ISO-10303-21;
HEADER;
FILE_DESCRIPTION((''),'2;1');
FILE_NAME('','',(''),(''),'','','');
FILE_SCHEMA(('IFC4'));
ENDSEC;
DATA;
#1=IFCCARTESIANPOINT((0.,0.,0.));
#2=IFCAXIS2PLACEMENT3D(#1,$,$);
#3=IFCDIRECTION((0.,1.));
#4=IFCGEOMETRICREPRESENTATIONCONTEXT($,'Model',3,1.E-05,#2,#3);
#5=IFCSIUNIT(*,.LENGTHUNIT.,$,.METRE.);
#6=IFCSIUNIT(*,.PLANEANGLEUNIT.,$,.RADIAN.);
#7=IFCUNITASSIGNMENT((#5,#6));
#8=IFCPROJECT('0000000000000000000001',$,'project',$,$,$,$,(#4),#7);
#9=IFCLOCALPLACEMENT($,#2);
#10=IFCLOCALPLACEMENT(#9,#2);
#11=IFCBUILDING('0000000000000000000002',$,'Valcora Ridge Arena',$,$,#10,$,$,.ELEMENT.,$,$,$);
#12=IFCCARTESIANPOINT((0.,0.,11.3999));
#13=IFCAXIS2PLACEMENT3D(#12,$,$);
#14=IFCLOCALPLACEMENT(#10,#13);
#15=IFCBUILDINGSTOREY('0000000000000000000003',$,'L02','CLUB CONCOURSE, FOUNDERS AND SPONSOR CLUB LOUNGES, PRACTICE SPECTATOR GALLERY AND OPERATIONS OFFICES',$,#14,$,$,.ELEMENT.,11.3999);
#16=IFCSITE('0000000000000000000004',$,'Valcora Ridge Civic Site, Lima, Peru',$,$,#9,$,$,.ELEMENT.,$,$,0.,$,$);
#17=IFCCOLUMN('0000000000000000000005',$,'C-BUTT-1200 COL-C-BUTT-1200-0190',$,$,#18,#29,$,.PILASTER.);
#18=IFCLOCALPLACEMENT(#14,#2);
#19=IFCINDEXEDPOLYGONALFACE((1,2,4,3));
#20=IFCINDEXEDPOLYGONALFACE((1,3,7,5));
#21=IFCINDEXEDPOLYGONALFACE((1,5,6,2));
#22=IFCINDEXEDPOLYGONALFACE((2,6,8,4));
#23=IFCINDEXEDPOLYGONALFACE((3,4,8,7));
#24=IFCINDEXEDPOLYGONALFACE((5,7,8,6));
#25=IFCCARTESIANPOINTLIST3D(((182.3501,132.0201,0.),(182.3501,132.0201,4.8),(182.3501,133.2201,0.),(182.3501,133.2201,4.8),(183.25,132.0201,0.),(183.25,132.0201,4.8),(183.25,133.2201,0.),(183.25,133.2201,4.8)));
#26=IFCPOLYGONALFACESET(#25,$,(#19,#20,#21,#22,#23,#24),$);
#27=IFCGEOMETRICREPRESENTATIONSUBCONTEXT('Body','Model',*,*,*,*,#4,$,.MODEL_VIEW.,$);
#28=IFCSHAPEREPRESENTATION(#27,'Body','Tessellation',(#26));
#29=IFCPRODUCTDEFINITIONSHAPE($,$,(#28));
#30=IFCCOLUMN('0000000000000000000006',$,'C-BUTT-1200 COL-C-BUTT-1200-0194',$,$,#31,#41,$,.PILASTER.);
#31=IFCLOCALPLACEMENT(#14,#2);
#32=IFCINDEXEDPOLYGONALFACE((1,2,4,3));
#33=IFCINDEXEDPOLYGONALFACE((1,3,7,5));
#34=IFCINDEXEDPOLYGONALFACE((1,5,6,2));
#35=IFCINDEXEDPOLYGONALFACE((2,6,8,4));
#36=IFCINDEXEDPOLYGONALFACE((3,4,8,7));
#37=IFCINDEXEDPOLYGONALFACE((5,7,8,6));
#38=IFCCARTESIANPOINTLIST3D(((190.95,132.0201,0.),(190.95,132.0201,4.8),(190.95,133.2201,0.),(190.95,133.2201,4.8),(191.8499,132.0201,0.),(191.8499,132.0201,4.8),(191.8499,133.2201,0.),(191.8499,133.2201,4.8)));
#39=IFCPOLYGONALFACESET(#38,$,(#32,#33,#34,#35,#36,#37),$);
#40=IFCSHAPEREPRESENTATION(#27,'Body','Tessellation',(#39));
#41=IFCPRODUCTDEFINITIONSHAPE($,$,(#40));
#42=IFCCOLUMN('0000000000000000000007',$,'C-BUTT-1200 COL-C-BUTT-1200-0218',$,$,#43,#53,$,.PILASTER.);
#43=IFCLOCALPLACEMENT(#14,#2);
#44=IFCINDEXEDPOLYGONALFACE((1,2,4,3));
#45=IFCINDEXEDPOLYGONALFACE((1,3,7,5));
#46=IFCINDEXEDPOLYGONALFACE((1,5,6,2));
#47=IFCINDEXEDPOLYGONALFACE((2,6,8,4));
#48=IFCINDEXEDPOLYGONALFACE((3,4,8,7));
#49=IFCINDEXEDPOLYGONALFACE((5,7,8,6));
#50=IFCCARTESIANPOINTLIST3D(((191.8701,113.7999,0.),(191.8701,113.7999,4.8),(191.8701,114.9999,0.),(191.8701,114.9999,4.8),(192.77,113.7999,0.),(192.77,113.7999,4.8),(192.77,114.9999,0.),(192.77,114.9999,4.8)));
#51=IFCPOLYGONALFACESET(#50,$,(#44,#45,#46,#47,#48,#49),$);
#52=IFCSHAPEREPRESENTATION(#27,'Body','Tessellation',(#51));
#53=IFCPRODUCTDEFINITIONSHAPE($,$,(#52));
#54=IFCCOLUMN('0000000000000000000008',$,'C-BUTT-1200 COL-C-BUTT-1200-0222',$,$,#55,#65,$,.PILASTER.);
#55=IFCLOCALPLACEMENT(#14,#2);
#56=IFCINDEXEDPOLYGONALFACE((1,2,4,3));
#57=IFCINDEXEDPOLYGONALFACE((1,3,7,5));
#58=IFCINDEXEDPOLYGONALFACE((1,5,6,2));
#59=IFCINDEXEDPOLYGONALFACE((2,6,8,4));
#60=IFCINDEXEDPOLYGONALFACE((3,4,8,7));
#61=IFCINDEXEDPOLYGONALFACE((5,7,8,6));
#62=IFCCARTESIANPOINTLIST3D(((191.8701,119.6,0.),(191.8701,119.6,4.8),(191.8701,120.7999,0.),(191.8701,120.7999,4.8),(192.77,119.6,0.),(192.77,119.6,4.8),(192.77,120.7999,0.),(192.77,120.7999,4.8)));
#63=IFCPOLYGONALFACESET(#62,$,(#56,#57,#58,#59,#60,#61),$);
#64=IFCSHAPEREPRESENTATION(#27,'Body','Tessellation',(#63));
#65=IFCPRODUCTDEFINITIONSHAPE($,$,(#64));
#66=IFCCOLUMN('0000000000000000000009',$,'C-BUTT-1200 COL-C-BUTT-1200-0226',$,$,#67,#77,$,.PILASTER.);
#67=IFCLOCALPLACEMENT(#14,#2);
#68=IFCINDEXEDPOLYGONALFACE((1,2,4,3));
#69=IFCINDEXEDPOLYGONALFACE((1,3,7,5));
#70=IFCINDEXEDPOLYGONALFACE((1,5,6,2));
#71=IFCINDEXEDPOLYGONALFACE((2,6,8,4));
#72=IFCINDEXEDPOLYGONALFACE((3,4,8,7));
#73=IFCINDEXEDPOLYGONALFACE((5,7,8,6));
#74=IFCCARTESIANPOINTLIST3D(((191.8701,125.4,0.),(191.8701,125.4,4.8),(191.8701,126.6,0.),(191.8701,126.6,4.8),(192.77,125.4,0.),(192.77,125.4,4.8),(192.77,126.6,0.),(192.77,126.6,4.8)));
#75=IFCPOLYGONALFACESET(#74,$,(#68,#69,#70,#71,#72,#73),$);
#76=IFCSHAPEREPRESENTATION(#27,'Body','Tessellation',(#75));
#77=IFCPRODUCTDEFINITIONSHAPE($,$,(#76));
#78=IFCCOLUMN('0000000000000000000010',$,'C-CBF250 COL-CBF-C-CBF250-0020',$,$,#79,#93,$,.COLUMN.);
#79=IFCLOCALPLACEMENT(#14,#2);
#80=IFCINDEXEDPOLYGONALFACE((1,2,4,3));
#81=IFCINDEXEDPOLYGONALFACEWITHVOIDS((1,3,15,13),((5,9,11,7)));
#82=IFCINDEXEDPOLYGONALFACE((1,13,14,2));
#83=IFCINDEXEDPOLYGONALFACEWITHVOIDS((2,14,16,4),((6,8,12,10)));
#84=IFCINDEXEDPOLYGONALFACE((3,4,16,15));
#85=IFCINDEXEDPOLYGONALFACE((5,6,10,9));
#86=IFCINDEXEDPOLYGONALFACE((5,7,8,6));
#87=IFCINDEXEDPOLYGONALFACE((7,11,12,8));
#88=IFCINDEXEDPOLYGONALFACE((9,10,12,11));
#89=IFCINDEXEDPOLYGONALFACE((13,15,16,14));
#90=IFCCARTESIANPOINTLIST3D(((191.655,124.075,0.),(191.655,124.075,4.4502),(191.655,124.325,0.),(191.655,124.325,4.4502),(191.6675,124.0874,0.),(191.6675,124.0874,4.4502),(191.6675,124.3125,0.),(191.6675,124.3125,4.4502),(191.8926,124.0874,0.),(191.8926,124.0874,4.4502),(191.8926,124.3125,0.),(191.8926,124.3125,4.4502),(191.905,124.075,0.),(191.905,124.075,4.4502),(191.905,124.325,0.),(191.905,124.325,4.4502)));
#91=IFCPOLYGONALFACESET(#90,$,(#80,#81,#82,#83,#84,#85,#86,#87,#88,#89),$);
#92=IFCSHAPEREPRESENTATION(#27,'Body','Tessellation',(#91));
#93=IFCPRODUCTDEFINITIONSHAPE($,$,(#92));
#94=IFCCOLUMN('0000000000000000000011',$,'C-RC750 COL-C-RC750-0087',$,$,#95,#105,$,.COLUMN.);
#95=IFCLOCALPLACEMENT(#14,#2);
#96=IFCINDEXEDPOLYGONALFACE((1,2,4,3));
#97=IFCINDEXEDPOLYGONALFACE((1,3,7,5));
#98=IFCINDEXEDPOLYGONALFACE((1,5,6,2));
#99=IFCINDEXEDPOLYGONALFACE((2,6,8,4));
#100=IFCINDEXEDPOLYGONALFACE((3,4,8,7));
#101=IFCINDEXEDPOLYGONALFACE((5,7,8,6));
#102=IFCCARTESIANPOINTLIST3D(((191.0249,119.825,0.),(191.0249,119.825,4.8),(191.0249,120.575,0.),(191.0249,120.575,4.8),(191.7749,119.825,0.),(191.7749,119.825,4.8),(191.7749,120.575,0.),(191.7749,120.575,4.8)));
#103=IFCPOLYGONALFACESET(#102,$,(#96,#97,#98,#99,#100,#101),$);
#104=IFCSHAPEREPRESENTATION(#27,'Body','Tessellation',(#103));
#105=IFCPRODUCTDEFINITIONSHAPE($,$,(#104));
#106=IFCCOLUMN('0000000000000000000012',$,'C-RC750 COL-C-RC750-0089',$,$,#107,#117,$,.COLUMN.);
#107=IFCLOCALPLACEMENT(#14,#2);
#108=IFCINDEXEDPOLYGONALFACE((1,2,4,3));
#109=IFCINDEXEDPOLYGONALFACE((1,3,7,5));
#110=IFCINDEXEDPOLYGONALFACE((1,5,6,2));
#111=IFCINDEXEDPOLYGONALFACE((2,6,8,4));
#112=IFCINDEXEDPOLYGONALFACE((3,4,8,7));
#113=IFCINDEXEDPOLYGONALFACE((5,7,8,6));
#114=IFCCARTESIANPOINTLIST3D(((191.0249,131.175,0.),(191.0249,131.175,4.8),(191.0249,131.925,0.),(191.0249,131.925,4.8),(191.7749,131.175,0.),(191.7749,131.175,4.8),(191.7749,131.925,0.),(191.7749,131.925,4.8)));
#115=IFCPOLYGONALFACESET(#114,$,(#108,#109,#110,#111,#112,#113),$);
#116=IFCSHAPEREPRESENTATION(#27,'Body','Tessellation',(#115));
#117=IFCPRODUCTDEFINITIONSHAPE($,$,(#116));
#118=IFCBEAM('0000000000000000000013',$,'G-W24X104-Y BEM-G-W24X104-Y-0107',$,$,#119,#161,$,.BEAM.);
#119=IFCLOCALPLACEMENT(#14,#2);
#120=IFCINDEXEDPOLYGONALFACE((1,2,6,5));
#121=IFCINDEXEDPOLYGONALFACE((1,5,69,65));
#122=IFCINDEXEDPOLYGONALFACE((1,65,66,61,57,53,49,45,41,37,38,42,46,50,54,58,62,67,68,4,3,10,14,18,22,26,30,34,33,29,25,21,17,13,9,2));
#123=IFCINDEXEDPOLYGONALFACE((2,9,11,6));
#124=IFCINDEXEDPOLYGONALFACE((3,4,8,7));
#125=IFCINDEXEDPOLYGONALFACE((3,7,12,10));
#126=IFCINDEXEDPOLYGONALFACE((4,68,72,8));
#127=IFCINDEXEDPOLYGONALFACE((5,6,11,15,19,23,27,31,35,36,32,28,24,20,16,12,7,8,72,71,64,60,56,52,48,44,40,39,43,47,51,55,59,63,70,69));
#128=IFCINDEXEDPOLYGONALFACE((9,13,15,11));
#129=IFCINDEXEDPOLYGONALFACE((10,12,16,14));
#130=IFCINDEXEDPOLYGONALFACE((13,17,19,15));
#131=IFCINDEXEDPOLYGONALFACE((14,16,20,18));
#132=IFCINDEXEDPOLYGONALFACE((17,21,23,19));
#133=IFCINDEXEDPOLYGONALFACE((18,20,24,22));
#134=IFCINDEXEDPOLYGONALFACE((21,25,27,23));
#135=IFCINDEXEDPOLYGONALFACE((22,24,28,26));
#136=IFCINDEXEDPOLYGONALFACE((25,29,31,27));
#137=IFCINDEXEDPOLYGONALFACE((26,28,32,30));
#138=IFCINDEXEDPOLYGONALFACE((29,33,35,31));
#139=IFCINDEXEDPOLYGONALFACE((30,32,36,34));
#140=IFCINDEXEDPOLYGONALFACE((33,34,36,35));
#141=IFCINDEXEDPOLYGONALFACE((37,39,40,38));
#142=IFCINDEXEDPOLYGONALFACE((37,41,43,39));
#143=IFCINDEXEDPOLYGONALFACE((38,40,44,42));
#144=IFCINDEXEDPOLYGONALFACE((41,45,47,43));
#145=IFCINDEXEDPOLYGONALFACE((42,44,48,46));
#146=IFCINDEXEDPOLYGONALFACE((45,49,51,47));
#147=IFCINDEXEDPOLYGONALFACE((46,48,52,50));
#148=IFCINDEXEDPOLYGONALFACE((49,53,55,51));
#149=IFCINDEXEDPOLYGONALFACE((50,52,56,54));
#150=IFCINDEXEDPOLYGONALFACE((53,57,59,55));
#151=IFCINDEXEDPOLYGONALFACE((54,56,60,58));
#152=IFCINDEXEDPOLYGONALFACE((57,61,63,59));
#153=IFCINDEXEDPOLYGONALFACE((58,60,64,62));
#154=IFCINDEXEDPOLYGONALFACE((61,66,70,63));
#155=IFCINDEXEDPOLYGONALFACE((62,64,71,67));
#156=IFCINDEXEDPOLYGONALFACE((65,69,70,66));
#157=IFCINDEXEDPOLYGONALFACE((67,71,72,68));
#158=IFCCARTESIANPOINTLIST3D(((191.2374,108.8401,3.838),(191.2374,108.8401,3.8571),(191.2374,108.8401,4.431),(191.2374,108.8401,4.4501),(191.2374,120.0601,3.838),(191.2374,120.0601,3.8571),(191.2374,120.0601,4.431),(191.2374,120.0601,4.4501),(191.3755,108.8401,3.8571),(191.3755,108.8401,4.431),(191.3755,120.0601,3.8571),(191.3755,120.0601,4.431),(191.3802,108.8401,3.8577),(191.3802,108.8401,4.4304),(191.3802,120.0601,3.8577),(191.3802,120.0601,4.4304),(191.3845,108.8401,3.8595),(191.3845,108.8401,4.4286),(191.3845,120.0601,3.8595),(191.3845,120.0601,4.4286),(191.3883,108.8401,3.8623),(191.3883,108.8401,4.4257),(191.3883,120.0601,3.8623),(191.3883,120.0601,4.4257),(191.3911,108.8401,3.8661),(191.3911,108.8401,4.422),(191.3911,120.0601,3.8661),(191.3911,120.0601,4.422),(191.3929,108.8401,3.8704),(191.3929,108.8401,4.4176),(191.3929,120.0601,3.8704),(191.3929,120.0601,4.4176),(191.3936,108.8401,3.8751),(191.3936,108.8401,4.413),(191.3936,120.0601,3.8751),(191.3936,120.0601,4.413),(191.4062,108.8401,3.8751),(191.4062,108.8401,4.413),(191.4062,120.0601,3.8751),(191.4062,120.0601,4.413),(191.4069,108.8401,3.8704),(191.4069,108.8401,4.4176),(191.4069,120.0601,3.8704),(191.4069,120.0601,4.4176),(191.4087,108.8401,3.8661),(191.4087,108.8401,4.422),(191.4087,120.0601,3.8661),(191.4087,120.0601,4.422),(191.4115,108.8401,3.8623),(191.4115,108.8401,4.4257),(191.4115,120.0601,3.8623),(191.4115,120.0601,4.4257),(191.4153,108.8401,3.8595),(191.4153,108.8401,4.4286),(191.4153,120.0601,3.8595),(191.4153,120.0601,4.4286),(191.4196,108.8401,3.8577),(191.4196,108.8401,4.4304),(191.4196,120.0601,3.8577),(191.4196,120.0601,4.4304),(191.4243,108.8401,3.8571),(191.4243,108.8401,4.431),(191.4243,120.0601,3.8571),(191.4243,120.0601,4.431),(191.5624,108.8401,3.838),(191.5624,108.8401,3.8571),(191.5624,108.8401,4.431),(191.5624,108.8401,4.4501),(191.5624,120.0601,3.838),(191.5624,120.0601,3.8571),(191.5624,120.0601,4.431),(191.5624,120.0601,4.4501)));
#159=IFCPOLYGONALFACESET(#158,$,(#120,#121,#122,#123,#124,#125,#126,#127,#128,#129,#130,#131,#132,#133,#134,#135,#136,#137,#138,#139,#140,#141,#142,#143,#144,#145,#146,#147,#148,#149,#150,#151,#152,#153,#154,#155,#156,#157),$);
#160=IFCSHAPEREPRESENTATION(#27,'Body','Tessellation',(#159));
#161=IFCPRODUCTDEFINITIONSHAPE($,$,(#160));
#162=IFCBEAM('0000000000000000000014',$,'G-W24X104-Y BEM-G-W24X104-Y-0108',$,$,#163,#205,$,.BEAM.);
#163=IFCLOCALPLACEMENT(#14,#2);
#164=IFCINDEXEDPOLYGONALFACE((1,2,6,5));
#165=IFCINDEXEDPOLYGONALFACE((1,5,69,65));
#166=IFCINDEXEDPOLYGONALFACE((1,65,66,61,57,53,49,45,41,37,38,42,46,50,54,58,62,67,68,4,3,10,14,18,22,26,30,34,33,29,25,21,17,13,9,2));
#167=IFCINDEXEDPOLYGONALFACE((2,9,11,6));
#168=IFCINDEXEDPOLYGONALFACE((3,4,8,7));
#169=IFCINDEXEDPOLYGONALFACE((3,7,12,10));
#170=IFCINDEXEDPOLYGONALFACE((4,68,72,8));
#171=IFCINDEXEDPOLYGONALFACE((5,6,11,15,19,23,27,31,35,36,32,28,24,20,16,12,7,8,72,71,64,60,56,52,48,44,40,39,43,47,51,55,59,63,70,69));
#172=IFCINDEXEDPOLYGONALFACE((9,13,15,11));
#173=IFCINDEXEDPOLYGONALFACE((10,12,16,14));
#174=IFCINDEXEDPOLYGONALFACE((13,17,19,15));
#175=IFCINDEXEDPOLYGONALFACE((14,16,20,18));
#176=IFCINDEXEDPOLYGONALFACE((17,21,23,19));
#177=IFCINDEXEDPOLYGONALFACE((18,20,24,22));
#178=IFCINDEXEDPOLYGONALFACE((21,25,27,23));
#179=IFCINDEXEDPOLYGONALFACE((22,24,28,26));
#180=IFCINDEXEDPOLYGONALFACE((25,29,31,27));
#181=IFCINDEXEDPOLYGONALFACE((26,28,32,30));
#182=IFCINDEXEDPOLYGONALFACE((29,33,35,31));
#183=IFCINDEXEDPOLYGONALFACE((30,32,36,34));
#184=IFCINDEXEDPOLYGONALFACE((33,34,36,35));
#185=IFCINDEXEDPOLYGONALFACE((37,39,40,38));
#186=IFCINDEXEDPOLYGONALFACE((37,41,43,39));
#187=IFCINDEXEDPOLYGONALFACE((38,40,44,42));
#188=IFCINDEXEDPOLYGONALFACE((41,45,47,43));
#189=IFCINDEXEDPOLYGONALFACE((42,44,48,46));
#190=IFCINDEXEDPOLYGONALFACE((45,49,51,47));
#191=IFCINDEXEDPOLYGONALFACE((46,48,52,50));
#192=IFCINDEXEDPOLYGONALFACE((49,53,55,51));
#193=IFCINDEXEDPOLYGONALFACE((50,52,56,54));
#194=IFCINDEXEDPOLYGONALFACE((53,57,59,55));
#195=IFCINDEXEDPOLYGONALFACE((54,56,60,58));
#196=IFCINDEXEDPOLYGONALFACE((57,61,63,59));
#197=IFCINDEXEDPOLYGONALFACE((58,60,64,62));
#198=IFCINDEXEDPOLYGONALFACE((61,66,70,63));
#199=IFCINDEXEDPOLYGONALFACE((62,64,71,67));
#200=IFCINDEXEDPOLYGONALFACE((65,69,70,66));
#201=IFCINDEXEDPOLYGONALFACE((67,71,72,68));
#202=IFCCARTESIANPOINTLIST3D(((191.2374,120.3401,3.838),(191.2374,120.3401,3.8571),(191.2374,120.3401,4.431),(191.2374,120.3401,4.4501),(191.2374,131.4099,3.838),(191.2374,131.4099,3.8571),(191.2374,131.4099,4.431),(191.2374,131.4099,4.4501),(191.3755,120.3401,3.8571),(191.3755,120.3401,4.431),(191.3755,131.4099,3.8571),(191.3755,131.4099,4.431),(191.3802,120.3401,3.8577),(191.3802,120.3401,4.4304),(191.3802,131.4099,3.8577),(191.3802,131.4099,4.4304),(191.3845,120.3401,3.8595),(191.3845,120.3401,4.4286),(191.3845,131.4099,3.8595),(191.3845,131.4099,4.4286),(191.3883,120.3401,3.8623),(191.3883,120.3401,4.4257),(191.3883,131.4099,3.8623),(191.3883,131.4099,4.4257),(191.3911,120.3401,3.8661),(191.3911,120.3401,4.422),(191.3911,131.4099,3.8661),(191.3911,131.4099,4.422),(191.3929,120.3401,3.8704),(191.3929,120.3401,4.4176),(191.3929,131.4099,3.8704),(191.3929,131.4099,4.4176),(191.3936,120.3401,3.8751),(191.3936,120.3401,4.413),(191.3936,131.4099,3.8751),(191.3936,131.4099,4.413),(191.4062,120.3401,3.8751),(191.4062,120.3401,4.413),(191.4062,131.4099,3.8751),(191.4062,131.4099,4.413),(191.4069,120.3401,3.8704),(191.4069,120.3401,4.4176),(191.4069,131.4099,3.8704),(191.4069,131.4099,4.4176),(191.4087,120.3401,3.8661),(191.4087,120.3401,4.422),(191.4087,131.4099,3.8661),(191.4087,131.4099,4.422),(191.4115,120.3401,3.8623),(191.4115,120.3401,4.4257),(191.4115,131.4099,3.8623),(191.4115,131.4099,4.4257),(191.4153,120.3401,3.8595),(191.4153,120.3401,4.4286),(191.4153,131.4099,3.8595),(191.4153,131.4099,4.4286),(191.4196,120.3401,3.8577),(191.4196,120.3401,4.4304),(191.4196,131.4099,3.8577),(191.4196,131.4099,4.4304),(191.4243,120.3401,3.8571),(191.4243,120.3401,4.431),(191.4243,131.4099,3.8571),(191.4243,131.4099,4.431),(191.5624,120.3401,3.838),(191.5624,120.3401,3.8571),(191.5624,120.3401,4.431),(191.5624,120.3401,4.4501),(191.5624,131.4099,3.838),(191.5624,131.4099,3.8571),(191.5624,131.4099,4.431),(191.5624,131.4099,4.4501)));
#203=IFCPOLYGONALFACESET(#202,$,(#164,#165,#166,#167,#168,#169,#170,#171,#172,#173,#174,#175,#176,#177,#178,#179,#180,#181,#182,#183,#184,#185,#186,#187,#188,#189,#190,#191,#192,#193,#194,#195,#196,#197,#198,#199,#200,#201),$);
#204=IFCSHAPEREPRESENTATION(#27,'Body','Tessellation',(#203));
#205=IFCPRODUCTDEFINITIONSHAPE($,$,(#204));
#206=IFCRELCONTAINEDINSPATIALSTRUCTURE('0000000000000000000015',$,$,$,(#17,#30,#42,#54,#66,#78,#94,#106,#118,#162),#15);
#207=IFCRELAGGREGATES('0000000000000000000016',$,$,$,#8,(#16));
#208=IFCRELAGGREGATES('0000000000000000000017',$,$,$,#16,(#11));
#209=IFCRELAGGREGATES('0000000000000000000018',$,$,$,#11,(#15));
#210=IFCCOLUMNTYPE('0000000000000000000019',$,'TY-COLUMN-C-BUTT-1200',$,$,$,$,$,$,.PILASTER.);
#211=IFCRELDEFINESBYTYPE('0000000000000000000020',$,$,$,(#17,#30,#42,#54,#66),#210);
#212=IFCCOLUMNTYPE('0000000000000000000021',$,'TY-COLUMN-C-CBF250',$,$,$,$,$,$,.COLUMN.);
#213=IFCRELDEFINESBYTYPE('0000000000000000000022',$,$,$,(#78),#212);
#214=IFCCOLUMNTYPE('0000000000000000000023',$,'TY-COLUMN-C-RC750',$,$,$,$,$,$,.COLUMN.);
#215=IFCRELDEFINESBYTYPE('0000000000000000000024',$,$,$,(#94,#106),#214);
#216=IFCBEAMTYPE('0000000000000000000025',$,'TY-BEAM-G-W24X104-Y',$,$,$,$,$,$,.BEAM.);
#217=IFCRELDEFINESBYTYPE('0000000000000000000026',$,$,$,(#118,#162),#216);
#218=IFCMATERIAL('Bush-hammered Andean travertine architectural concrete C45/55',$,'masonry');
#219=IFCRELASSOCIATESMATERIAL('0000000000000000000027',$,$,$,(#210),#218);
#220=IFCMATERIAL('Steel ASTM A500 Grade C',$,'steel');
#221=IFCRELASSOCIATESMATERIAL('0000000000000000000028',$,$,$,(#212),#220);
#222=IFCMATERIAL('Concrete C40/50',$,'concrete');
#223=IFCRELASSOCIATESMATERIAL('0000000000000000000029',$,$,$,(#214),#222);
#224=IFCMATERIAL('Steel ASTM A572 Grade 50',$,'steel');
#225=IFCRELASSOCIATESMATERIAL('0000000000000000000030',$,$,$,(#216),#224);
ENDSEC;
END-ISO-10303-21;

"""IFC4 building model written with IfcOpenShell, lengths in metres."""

from ifc_helpers import new_model, si_unit, direction, frame, origin, origin_2d, place, context, subcontext, project, spatial, rectangle, hollow_rectangle, i_section, extrude, material, material_profile, profile_set, type_object, element, save


model = new_model("IFC4")

# Units and contexts
model_context = context("Model", 3, precision=1e-05, world=origin(), true_north=direction((0.0, 1.0)))
body_context = subcontext(model_context, "Body", "Model", "MODEL_VIEW")
ifc_project = project(units=[si_unit("LENGTHUNIT", "METRE"), si_unit("PLANEANGLEUNIT", "RADIAN")], contexts=[model_context])

# Site, building, storey
site_placement = place(None, origin())
site = spatial("IfcSite", under=ifc_project, at=site_placement, Name="Valcora Ridge Civic Site, Lima, Peru", CompositionType="ELEMENT", RefElevation=0.0)
building_placement = place(site_placement, origin())
building = spatial("IfcBuilding", under=site, at=building_placement, Name="Valcora Ridge Arena", CompositionType="ELEMENT")
storey_placement = place(building_placement, frame((0.0, 0.0, 11.3999)))
storey = spatial("IfcBuildingStorey", under=building, at=storey_placement, Name="L02", Description="CLUB CONCOURSE, FOUNDERS AND SPONSOR CLUB LOUNGES, PRACTICE SPECTATOR GALLERY AND OPERATIONS OFFICES", CompositionType="ELEMENT", Elevation=11.3999)

# Columns
ifc_material_1 = material(Name="Bush-hammered Andean travertine architectural concrete C45/55", Category="masonry")
ifc_material_profile_1 = material_profile(ifc_material_1, rectangle(XDim=0.8999, YDim=1.2, at=origin_2d()), Name="RC 900x1200")
ifc_profile_set_1 = profile_set([ifc_material_profile_1], Name="Bush-hammered Andean travertine architectural concrete C45/55")
column_type_1 = type_object("IfcColumnType", Name="TY-COLUMN-C-BUTT-1200", PredefinedType="PILASTER", material=ifc_profile_set_1)
for number, where, z_axis, x_axis, name in (
    (1, (182.8, 132.6201, 0.0), (0.0, 0.0, 1.0), (1.0, 0.0, 0.0), "C-BUTT-1200 COL-C-BUTT-1200-0190"),
    (2, (191.3999, 132.6201, 0.0), (0.0, 0.0, 1.0), (1.0, 0.0, 0.0), "C-BUTT-1200 COL-C-BUTT-1200-0194"),
    (3, (192.3201, 114.3999, 0.0), (0.0, 0.0, 1.0), (1.0, 0.0, 0.0), "C-BUTT-1200 COL-C-BUTT-1200-0218"),
    (4, (192.3201, 120.2, 0.0), (0.0, 0.0, 1.0), (1.0, 0.0, 0.0), "C-BUTT-1200 COL-C-BUTT-1200-0222"),
    (5, (192.3201, 126.0, 0.0), (0.0, 0.0, 1.0), (1.0, 0.0, 0.0), "C-BUTT-1200 COL-C-BUTT-1200-0226"),
):
    element("IfcColumn", number, at=place(storey_placement, frame(where, z_axis=z_axis, x_axis=x_axis)), inside=storey, type_object=column_type_1, Name=name, PredefinedType="PILASTER", context=body_context, shape_type="SweptSolid", body=[
        extrude(rectangle(XDim=0.8999, YDim=1.2, at=origin_2d()), origin(), (0.0, 0.0, 1.0), 4.8),
    ])
ifc_material_2 = material(Name="Steel ASTM A500 Grade C", Category="steel")
ifc_material_profile_2 = material_profile(ifc_material_2, hollow_rectangle(XDim=0.25, YDim=0.25, WallThickness=0.0125, at=origin_2d()), Name="HSS250X250X12")
ifc_profile_set_2 = profile_set([ifc_material_profile_2], Name="Steel ASTM A500 Grade C")
column_type_2 = type_object("IfcColumnType", Name="TY-COLUMN-C-CBF250", PredefinedType="COLUMN", material=ifc_profile_set_2)
column_placement = place(storey_placement, frame((191.78, 124.2, 0.0), z_axis=(0.0, 0.0, 1.0), x_axis=(1.0, 0.0, 0.0)))
element("IfcColumn", 6, at=column_placement, inside=storey, type_object=column_type_2, Name="C-CBF250 COL-CBF-C-CBF250-0020", PredefinedType="COLUMN", context=body_context, shape_type="SweptSolid", body=[
    extrude(hollow_rectangle(XDim=0.25, YDim=0.25, WallThickness=0.0125, at=origin_2d()), origin(), (0.0, 0.0, 1.0), 4.4502),
])
ifc_material_3 = material(Name="Concrete C40/50", Category="concrete")
ifc_material_profile_3 = material_profile(ifc_material_3, rectangle(XDim=0.75, YDim=0.75, at=origin_2d()), Name="RC 750x750")
ifc_profile_set_3 = profile_set([ifc_material_profile_3], Name="Concrete C40/50")
column_type_3 = type_object("IfcColumnType", Name="TY-COLUMN-C-RC750", PredefinedType="COLUMN", material=ifc_profile_set_3)
for number, where, z_axis, x_axis, name in (
    (7, (191.3999, 120.2, 0.0), (0.0, 0.0, 1.0), (1.0, 0.0, 0.0), "C-RC750 COL-C-RC750-0087"),
    (8, (191.3999, 131.55, 0.0), (0.0, 0.0, 1.0), (1.0, 0.0, 0.0), "C-RC750 COL-C-RC750-0089"),
):
    element("IfcColumn", number, at=place(storey_placement, frame(where, z_axis=z_axis, x_axis=x_axis)), inside=storey, type_object=column_type_3, Name=name, PredefinedType="COLUMN", context=body_context, shape_type="SweptSolid", body=[
        extrude(rectangle(XDim=0.75, YDim=0.75, at=origin_2d()), origin(), (0.0, 0.0, 1.0), 4.8),
    ])

# Beams
ifc_material_4 = material(Name="Steel ASTM A572 Grade 50", Category="steel")
ifc_material_profile_4 = material_profile(ifc_material_4, i_section(OverallWidth=0.325, OverallDepth=0.6121, WebThickness=0.0127, FlangeThickness=0.019, FilletRadius=0.0181, at=origin_2d()), Name="W24X104")
ifc_profile_set_4 = profile_set([ifc_material_profile_4], Name="Steel ASTM A572 Grade 50")
beam_type_1 = type_object("IfcBeamType", Name="TY-BEAM-G-W24X104-Y", PredefinedType="BEAM", material=ifc_profile_set_4)
beam_1_placement = place(storey_placement, frame((191.3999, 108.8401, 4.144), z_axis=(0.0, 1.0, 0.0), x_axis=(-1.0, 0.0, 0.0)))
element("IfcBeam", 9, at=beam_1_placement, inside=storey, type_object=beam_type_1, Name="G-W24X104-Y BEM-G-W24X104-Y-0107", PredefinedType="BEAM", context=body_context, shape_type="SweptSolid", body=[
    extrude(i_section(OverallWidth=0.325, OverallDepth=0.6121, WebThickness=0.0127, FlangeThickness=0.019, FilletRadius=0.0181, at=origin_2d()), origin(), (0.0, 0.0, 1.0), 11.22),
])
beam_2_placement = place(storey_placement, frame((191.3999, 120.3401, 4.144), z_axis=(0.0, 1.0, 0.0), x_axis=(-1.0, 0.0, 0.0)))
element("IfcBeam", 10, at=beam_2_placement, inside=storey, type_object=beam_type_1, Name="G-W24X104-Y BEM-G-W24X104-Y-0108", PredefinedType="BEAM", context=body_context, shape_type="SweptSolid", body=[
    extrude(i_section(OverallWidth=0.325, OverallDepth=0.6121, WebThickness=0.0127, FlangeThickness=0.019, FilletRadius=0.0181, at=origin_2d()), origin(), (0.0, 0.0, 1.0), 11.0698),
])

save(model, "model.ifc")
